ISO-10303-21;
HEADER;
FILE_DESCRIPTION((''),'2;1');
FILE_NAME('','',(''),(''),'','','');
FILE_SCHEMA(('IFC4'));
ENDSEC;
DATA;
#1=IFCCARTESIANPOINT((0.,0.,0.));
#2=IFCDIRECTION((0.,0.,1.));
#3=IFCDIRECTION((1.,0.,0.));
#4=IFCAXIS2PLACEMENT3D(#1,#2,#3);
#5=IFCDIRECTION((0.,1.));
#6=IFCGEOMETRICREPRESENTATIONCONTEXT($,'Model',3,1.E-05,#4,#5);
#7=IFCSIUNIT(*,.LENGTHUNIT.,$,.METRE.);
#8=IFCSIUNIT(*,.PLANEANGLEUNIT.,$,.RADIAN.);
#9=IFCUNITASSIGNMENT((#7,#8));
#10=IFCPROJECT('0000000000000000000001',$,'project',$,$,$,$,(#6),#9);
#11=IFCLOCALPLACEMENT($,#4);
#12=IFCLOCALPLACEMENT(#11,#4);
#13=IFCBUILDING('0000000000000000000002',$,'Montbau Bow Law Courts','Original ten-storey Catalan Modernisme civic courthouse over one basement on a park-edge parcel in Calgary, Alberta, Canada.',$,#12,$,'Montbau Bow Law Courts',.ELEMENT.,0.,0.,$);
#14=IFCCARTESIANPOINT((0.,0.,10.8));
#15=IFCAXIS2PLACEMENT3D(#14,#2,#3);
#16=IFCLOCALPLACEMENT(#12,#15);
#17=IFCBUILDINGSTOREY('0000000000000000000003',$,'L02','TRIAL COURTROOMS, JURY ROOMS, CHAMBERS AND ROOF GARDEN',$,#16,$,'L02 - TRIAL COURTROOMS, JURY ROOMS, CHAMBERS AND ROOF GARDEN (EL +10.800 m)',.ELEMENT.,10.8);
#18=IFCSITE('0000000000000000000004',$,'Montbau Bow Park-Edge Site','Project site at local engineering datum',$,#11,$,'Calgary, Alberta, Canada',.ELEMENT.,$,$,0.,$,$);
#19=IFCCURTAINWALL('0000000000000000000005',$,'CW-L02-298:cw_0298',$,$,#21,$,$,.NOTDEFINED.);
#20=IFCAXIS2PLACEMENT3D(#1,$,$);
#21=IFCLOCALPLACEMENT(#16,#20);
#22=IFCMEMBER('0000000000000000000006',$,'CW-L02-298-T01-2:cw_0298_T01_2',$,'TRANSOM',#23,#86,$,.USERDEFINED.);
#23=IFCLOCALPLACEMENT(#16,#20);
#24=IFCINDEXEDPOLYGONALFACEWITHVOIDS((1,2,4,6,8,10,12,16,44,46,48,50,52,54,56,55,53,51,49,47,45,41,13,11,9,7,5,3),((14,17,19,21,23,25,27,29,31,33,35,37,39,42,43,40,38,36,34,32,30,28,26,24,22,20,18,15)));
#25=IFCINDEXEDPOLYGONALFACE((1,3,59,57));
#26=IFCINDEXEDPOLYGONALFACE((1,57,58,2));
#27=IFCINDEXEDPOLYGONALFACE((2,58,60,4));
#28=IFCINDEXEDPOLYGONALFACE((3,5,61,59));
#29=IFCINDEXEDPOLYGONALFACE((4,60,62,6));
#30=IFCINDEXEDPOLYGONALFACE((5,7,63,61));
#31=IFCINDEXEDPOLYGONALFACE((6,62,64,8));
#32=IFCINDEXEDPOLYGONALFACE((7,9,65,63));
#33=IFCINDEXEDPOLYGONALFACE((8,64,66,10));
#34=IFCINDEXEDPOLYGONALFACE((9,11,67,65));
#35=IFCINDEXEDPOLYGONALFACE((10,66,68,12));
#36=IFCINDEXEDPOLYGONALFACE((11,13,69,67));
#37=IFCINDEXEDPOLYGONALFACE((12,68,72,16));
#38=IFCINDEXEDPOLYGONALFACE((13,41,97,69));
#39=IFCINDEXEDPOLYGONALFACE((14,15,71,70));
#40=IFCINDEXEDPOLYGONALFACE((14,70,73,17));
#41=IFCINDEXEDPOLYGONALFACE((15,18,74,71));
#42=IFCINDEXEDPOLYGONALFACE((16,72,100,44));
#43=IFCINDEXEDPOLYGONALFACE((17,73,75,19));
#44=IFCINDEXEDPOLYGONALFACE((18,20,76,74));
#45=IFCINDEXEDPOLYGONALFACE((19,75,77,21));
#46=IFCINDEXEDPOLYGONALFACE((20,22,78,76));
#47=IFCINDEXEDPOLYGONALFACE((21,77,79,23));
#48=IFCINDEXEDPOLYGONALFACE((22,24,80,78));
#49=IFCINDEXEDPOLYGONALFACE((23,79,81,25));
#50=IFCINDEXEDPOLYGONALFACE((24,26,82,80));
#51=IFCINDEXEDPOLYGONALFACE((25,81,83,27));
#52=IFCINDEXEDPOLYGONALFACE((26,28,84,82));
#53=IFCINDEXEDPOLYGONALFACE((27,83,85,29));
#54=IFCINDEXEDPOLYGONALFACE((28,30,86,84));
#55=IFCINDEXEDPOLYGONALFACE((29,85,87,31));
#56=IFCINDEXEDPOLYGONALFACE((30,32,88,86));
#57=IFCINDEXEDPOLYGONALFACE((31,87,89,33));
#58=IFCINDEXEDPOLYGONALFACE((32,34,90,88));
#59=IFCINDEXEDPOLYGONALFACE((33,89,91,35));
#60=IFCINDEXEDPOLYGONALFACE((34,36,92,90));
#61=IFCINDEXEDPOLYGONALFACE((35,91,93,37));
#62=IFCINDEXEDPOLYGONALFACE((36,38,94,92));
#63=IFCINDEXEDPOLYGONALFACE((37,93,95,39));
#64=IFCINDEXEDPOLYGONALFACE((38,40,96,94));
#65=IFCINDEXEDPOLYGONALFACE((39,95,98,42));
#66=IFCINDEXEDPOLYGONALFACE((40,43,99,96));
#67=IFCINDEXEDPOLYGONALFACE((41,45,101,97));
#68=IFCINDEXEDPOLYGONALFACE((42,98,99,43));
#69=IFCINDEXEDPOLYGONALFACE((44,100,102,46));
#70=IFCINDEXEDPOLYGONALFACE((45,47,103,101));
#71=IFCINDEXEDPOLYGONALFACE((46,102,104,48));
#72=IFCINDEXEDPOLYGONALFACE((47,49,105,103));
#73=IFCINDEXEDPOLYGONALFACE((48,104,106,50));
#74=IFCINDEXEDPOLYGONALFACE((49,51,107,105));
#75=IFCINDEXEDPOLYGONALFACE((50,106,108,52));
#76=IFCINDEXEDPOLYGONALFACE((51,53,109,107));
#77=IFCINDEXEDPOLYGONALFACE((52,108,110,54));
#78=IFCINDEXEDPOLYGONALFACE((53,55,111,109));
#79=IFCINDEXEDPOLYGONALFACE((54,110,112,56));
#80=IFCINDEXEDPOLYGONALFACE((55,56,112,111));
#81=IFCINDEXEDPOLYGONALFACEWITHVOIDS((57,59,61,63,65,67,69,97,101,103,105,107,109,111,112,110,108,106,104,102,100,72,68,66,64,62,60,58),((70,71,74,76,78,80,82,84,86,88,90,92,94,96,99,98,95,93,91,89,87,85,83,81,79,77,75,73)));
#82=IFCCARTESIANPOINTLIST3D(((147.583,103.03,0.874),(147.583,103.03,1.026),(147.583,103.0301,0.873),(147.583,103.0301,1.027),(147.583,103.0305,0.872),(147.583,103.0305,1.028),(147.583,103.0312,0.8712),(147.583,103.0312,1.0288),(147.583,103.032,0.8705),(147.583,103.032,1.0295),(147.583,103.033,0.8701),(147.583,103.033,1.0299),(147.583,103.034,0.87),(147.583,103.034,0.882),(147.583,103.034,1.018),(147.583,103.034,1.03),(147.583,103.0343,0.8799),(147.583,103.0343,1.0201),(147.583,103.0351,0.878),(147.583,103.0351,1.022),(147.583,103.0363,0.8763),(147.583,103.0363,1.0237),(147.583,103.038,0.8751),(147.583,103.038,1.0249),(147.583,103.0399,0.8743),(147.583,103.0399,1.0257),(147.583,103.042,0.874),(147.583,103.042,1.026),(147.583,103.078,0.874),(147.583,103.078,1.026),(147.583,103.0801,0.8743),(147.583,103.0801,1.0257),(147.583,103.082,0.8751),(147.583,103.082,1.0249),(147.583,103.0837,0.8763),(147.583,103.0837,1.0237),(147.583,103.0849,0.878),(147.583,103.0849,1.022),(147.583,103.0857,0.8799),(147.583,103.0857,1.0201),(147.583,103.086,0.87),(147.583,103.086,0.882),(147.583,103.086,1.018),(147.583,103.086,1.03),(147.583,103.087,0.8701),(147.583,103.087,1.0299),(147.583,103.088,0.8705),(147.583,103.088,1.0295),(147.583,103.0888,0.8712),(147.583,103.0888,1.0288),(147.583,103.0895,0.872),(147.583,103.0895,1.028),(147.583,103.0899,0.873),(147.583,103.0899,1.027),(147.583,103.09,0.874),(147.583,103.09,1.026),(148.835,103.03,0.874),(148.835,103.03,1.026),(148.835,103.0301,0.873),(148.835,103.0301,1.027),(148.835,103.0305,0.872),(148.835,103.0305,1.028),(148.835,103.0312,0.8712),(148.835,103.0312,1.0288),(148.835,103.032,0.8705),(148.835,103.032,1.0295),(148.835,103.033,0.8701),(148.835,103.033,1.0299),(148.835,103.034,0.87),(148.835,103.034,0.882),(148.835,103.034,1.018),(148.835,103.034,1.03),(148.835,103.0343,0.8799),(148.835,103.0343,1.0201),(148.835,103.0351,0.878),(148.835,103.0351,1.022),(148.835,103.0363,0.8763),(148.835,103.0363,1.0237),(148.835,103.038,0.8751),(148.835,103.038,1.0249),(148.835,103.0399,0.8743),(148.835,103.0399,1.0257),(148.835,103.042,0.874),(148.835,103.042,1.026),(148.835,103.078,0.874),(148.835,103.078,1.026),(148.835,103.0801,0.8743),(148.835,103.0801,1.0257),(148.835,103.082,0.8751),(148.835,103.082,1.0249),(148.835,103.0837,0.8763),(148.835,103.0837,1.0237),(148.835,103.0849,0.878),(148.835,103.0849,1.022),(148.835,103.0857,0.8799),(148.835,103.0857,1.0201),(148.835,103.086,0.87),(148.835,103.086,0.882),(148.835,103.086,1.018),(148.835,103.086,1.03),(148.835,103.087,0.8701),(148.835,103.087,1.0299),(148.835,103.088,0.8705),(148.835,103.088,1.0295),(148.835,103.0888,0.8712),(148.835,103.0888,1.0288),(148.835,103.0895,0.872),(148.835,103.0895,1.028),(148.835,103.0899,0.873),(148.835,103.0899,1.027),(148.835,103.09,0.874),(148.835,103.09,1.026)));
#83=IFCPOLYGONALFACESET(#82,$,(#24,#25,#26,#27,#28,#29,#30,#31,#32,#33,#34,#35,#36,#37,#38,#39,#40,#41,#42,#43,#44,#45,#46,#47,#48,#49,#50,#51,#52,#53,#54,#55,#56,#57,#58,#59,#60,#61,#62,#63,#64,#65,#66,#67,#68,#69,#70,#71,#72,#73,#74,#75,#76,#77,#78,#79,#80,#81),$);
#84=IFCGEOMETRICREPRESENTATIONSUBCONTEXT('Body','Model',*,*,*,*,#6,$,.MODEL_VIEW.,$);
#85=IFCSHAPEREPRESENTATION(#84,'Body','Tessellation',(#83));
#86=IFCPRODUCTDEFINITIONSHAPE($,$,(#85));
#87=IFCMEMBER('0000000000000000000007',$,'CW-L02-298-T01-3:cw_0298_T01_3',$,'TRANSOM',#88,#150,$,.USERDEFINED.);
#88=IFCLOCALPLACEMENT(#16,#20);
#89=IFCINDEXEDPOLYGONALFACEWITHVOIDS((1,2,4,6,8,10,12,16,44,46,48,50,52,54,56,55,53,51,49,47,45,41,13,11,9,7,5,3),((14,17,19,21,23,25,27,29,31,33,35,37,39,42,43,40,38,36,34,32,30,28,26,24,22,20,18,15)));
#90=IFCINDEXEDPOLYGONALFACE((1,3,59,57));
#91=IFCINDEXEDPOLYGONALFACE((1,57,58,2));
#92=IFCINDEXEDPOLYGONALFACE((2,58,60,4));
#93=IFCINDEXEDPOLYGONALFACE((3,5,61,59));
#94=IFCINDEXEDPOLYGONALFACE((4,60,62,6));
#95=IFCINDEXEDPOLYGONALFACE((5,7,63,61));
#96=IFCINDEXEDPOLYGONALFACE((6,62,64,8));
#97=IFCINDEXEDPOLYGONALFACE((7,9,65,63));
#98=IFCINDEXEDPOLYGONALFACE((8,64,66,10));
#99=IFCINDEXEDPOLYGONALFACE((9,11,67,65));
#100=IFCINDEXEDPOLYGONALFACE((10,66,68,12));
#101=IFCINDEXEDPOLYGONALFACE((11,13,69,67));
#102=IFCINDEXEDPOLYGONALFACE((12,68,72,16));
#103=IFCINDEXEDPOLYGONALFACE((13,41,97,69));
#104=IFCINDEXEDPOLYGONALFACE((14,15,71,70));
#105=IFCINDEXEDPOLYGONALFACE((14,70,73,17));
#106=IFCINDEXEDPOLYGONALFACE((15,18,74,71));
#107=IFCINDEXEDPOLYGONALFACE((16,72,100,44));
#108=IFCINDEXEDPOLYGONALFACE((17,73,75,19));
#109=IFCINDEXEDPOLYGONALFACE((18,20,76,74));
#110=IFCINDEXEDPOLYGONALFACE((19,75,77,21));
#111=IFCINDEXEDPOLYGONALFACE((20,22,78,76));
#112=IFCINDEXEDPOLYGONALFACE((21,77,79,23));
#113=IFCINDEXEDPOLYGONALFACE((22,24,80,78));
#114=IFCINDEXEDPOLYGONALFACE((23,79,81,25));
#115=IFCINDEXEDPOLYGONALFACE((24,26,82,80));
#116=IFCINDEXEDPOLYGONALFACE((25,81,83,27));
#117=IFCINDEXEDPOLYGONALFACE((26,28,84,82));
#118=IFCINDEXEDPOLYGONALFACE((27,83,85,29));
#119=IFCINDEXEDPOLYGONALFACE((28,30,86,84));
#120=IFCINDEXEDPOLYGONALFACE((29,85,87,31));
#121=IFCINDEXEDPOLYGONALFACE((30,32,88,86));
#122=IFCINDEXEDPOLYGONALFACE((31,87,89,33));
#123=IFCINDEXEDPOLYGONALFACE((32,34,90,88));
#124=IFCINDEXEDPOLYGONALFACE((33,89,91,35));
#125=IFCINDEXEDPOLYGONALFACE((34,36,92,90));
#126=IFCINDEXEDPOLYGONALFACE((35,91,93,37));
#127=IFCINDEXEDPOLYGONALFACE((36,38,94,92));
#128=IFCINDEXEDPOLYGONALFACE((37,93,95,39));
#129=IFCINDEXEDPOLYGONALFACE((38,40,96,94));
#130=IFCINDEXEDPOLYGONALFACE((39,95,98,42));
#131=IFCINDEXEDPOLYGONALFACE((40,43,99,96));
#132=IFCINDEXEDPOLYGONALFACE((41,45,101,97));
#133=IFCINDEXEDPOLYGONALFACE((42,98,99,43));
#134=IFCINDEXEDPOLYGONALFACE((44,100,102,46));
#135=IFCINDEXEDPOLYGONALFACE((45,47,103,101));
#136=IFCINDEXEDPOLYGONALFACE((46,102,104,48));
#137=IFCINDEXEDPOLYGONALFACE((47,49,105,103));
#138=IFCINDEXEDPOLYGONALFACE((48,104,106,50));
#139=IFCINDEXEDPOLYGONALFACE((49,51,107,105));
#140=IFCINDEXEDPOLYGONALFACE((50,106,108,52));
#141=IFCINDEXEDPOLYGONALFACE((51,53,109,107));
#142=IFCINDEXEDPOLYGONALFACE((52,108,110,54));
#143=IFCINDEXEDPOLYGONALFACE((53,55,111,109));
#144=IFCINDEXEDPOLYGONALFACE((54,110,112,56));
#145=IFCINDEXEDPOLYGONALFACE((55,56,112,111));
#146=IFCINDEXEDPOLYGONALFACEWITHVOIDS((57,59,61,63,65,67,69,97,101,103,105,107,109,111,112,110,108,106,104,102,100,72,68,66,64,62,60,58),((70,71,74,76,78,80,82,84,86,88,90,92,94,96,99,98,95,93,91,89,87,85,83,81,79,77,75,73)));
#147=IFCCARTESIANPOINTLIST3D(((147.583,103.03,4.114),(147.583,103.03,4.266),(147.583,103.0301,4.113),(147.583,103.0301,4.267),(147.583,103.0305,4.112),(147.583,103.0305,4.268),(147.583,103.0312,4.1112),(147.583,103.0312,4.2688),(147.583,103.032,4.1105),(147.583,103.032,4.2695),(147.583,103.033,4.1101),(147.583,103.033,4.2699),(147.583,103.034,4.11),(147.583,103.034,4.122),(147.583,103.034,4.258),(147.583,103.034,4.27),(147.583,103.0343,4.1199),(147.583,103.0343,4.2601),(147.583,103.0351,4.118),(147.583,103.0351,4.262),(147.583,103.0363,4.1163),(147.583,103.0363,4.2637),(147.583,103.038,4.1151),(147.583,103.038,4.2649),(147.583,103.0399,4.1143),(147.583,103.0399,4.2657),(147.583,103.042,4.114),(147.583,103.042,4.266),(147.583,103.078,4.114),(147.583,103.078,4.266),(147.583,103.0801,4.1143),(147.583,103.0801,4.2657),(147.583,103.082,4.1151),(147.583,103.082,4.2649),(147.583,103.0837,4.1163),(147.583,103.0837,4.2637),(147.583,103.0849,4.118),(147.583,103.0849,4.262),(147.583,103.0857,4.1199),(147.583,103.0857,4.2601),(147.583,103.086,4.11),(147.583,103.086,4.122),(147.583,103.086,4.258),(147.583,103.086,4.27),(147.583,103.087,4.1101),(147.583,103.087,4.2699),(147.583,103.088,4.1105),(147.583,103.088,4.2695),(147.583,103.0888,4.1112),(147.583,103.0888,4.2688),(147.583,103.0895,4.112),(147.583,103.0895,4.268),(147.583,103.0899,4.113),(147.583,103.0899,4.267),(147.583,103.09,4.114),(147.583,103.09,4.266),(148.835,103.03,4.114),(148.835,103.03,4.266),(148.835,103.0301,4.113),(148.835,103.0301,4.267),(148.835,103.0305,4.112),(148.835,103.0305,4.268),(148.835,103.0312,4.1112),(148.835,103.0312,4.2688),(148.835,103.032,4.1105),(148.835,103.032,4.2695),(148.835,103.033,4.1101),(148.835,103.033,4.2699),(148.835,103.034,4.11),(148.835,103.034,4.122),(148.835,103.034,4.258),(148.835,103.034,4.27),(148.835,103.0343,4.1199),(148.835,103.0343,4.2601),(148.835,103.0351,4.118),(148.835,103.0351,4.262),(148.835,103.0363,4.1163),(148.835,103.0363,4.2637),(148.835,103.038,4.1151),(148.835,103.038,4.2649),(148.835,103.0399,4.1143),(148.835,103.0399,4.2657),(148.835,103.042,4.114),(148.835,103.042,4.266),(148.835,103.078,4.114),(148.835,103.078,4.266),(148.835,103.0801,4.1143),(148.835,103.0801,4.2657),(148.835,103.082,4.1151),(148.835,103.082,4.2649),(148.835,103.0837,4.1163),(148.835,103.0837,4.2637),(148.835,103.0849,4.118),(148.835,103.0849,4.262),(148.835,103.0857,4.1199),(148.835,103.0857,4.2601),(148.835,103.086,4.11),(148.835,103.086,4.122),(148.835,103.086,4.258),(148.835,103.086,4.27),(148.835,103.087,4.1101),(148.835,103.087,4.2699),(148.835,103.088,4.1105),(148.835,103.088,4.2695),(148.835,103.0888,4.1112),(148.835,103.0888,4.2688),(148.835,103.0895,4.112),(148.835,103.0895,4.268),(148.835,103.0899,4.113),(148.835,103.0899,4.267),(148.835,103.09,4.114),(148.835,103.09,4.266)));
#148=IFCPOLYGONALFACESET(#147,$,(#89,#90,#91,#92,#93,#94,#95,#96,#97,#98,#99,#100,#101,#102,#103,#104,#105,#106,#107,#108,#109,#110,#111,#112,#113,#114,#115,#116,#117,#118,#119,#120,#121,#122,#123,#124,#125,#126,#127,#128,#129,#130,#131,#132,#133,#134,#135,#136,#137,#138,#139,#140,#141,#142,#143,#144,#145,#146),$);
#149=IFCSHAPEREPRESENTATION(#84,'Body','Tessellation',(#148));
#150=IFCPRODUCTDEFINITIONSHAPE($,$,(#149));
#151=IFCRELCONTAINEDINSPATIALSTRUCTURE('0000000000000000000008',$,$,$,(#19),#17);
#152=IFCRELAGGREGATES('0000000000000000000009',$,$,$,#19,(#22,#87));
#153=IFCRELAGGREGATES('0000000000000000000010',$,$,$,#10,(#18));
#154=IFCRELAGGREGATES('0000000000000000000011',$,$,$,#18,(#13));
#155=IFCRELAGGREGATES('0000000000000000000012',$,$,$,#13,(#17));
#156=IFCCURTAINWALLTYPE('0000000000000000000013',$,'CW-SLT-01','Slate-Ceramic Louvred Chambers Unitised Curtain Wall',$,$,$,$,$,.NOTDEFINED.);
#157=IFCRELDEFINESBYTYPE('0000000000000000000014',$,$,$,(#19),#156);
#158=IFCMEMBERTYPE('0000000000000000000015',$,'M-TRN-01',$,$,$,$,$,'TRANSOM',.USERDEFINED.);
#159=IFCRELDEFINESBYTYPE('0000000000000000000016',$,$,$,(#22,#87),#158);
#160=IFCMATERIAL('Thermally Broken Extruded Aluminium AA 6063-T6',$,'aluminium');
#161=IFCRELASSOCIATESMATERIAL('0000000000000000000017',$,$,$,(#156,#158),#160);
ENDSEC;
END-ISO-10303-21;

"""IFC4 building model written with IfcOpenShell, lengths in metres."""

from ifc_helpers import new_model, si_unit, direction, frame, origin_with_axes, origin_2d_with_axis, place, context, subcontext, project, spatial, hollow_rectangle, extrude, material, material_profile, profile_set, type_object, element, aggregate, save


model = new_model("IFC4")

# Units and contexts
model_context = context("Model", 3, precision=1e-05, world=origin_with_axes(), true_north=direction((0.0, 1.0)))
body_context = subcontext(model_context, "Body", "Model", "MODEL_VIEW")
ifc_project = project(units=[si_unit("LENGTHUNIT", "METRE"), si_unit("PLANEANGLEUNIT", "RADIAN")], contexts=[model_context])

# Site, building, storey
site_placement = place(None, origin_with_axes())
site = spatial("IfcSite", under=ifc_project, at=site_placement, Name="Montbau Bow Park-Edge Site", Description="Project site at local engineering datum", LongName="Calgary, Alberta, Canada", CompositionType="ELEMENT", RefElevation=0.0)
building_placement = place(site_placement, origin_with_axes())
building = spatial("IfcBuilding", under=site, at=building_placement, Name="Montbau Bow Law Courts", Description="Original ten-storey Catalan Modernisme civic courthouse over one basement on a park-edge parcel in Calgary, Alberta, Canada.", LongName="Montbau Bow Law Courts", CompositionType="ELEMENT", ElevationOfRefHeight=0.0, ElevationOfTerrain=0.0)
storey_placement = place(building_placement, frame((0.0, 0.0, 10.8), z_axis=(0.0, 0.0, 1.0), x_axis=(1.0, 0.0, 0.0)))
storey = spatial("IfcBuildingStorey", under=building, at=storey_placement, Name="L02", Description="TRIAL COURTROOMS, JURY ROOMS, CHAMBERS AND ROOF GARDEN", LongName="L02 - TRIAL COURTROOMS, JURY ROOMS, CHAMBERS AND ROOF GARDEN (EL +10.800 m)", CompositionType="ELEMENT", Elevation=10.8)

# Curtain wall, members
ifc_material_1 = material(Name="Thermally Broken Extruded Aluminium AA 6063-T6", Category="aluminium")
curtain_wall_type = type_object("IfcCurtainWallType", Name="CW-SLT-01", Description="Slate-Ceramic Louvred Chambers Unitised Curtain Wall", PredefinedType="NOTDEFINED", material=ifc_material_1)
curtain_wall_1_placement = place(None, frame((147.515, 103.06, 10.8), z_axis=(0.0, 0.0, 1.0), x_axis=(1.0, 0.0, 0.0)))
curtain_wall_1 = element("IfcCurtainWall", 1, at=curtain_wall_1_placement, inside=storey, type_object=curtain_wall_type, Name="CW-L02-298:cw_0298", PredefinedType="NOTDEFINED")
ifc_material_profile_1 = material_profile(ifc_material_1, hollow_rectangle(XDim=0.06, YDim=0.16, WallThickness=0.004, InnerFilletRadius=0.008, OuterFilletRadius=0.004, at=origin_2d_with_axis()), Name="CWT-160X60", Category="Main", Priority=0)
ifc_profile_set_1 = profile_set([ifc_material_profile_1], Name="Thermally Broken Extruded Aluminium AA 6063-T6")
member_type_1 = type_object("IfcMemberType", Name="M-TRN-01", ElementType="TRANSOM", PredefinedType="USERDEFINED", material=ifc_profile_set_1)
member_1_placement = place(None, frame((147.583, 103.06, 11.75), z_axis=(1.0, 0.0, 0.0), x_axis=(0.0, 1.0, 0.0)))
member_1 = element("IfcMember", 2, at=member_1_placement, type_object=member_type_1, Name="CW-L02-298-T01-2:cw_0298_T01_2", ObjectType="TRANSOM", PredefinedType="USERDEFINED", context=body_context, shape_type="SweptSolid", body=[
    extrude(hollow_rectangle(XDim=0.06, YDim=0.16, WallThickness=0.004, InnerFilletRadius=0.008, OuterFilletRadius=0.004, at=origin_2d_with_axis()), origin_with_axes(), (0.0, 0.0, 1.0), 1.252),
])
member_2_placement = place(None, frame((147.583, 103.06, 14.99), z_axis=(1.0, 0.0, 0.0), x_axis=(0.0, 1.0, 0.0)))
member_2 = element("IfcMember", 3, at=member_2_placement, type_object=member_type_1, Name="CW-L02-298-T01-3:cw_0298_T01_3", ObjectType="TRANSOM", PredefinedType="USERDEFINED", context=body_context, shape_type="SweptSolid", body=[
    extrude(hollow_rectangle(XDim=0.06, YDim=0.16, WallThickness=0.004, InnerFilletRadius=0.008, OuterFilletRadius=0.004, at=origin_2d_with_axis()), origin_with_axes(), (0.0, 0.0, 1.0), 1.252),
])

aggregate(curtain_wall_1, [member_1, member_2])

save(model, "model.ifc")
